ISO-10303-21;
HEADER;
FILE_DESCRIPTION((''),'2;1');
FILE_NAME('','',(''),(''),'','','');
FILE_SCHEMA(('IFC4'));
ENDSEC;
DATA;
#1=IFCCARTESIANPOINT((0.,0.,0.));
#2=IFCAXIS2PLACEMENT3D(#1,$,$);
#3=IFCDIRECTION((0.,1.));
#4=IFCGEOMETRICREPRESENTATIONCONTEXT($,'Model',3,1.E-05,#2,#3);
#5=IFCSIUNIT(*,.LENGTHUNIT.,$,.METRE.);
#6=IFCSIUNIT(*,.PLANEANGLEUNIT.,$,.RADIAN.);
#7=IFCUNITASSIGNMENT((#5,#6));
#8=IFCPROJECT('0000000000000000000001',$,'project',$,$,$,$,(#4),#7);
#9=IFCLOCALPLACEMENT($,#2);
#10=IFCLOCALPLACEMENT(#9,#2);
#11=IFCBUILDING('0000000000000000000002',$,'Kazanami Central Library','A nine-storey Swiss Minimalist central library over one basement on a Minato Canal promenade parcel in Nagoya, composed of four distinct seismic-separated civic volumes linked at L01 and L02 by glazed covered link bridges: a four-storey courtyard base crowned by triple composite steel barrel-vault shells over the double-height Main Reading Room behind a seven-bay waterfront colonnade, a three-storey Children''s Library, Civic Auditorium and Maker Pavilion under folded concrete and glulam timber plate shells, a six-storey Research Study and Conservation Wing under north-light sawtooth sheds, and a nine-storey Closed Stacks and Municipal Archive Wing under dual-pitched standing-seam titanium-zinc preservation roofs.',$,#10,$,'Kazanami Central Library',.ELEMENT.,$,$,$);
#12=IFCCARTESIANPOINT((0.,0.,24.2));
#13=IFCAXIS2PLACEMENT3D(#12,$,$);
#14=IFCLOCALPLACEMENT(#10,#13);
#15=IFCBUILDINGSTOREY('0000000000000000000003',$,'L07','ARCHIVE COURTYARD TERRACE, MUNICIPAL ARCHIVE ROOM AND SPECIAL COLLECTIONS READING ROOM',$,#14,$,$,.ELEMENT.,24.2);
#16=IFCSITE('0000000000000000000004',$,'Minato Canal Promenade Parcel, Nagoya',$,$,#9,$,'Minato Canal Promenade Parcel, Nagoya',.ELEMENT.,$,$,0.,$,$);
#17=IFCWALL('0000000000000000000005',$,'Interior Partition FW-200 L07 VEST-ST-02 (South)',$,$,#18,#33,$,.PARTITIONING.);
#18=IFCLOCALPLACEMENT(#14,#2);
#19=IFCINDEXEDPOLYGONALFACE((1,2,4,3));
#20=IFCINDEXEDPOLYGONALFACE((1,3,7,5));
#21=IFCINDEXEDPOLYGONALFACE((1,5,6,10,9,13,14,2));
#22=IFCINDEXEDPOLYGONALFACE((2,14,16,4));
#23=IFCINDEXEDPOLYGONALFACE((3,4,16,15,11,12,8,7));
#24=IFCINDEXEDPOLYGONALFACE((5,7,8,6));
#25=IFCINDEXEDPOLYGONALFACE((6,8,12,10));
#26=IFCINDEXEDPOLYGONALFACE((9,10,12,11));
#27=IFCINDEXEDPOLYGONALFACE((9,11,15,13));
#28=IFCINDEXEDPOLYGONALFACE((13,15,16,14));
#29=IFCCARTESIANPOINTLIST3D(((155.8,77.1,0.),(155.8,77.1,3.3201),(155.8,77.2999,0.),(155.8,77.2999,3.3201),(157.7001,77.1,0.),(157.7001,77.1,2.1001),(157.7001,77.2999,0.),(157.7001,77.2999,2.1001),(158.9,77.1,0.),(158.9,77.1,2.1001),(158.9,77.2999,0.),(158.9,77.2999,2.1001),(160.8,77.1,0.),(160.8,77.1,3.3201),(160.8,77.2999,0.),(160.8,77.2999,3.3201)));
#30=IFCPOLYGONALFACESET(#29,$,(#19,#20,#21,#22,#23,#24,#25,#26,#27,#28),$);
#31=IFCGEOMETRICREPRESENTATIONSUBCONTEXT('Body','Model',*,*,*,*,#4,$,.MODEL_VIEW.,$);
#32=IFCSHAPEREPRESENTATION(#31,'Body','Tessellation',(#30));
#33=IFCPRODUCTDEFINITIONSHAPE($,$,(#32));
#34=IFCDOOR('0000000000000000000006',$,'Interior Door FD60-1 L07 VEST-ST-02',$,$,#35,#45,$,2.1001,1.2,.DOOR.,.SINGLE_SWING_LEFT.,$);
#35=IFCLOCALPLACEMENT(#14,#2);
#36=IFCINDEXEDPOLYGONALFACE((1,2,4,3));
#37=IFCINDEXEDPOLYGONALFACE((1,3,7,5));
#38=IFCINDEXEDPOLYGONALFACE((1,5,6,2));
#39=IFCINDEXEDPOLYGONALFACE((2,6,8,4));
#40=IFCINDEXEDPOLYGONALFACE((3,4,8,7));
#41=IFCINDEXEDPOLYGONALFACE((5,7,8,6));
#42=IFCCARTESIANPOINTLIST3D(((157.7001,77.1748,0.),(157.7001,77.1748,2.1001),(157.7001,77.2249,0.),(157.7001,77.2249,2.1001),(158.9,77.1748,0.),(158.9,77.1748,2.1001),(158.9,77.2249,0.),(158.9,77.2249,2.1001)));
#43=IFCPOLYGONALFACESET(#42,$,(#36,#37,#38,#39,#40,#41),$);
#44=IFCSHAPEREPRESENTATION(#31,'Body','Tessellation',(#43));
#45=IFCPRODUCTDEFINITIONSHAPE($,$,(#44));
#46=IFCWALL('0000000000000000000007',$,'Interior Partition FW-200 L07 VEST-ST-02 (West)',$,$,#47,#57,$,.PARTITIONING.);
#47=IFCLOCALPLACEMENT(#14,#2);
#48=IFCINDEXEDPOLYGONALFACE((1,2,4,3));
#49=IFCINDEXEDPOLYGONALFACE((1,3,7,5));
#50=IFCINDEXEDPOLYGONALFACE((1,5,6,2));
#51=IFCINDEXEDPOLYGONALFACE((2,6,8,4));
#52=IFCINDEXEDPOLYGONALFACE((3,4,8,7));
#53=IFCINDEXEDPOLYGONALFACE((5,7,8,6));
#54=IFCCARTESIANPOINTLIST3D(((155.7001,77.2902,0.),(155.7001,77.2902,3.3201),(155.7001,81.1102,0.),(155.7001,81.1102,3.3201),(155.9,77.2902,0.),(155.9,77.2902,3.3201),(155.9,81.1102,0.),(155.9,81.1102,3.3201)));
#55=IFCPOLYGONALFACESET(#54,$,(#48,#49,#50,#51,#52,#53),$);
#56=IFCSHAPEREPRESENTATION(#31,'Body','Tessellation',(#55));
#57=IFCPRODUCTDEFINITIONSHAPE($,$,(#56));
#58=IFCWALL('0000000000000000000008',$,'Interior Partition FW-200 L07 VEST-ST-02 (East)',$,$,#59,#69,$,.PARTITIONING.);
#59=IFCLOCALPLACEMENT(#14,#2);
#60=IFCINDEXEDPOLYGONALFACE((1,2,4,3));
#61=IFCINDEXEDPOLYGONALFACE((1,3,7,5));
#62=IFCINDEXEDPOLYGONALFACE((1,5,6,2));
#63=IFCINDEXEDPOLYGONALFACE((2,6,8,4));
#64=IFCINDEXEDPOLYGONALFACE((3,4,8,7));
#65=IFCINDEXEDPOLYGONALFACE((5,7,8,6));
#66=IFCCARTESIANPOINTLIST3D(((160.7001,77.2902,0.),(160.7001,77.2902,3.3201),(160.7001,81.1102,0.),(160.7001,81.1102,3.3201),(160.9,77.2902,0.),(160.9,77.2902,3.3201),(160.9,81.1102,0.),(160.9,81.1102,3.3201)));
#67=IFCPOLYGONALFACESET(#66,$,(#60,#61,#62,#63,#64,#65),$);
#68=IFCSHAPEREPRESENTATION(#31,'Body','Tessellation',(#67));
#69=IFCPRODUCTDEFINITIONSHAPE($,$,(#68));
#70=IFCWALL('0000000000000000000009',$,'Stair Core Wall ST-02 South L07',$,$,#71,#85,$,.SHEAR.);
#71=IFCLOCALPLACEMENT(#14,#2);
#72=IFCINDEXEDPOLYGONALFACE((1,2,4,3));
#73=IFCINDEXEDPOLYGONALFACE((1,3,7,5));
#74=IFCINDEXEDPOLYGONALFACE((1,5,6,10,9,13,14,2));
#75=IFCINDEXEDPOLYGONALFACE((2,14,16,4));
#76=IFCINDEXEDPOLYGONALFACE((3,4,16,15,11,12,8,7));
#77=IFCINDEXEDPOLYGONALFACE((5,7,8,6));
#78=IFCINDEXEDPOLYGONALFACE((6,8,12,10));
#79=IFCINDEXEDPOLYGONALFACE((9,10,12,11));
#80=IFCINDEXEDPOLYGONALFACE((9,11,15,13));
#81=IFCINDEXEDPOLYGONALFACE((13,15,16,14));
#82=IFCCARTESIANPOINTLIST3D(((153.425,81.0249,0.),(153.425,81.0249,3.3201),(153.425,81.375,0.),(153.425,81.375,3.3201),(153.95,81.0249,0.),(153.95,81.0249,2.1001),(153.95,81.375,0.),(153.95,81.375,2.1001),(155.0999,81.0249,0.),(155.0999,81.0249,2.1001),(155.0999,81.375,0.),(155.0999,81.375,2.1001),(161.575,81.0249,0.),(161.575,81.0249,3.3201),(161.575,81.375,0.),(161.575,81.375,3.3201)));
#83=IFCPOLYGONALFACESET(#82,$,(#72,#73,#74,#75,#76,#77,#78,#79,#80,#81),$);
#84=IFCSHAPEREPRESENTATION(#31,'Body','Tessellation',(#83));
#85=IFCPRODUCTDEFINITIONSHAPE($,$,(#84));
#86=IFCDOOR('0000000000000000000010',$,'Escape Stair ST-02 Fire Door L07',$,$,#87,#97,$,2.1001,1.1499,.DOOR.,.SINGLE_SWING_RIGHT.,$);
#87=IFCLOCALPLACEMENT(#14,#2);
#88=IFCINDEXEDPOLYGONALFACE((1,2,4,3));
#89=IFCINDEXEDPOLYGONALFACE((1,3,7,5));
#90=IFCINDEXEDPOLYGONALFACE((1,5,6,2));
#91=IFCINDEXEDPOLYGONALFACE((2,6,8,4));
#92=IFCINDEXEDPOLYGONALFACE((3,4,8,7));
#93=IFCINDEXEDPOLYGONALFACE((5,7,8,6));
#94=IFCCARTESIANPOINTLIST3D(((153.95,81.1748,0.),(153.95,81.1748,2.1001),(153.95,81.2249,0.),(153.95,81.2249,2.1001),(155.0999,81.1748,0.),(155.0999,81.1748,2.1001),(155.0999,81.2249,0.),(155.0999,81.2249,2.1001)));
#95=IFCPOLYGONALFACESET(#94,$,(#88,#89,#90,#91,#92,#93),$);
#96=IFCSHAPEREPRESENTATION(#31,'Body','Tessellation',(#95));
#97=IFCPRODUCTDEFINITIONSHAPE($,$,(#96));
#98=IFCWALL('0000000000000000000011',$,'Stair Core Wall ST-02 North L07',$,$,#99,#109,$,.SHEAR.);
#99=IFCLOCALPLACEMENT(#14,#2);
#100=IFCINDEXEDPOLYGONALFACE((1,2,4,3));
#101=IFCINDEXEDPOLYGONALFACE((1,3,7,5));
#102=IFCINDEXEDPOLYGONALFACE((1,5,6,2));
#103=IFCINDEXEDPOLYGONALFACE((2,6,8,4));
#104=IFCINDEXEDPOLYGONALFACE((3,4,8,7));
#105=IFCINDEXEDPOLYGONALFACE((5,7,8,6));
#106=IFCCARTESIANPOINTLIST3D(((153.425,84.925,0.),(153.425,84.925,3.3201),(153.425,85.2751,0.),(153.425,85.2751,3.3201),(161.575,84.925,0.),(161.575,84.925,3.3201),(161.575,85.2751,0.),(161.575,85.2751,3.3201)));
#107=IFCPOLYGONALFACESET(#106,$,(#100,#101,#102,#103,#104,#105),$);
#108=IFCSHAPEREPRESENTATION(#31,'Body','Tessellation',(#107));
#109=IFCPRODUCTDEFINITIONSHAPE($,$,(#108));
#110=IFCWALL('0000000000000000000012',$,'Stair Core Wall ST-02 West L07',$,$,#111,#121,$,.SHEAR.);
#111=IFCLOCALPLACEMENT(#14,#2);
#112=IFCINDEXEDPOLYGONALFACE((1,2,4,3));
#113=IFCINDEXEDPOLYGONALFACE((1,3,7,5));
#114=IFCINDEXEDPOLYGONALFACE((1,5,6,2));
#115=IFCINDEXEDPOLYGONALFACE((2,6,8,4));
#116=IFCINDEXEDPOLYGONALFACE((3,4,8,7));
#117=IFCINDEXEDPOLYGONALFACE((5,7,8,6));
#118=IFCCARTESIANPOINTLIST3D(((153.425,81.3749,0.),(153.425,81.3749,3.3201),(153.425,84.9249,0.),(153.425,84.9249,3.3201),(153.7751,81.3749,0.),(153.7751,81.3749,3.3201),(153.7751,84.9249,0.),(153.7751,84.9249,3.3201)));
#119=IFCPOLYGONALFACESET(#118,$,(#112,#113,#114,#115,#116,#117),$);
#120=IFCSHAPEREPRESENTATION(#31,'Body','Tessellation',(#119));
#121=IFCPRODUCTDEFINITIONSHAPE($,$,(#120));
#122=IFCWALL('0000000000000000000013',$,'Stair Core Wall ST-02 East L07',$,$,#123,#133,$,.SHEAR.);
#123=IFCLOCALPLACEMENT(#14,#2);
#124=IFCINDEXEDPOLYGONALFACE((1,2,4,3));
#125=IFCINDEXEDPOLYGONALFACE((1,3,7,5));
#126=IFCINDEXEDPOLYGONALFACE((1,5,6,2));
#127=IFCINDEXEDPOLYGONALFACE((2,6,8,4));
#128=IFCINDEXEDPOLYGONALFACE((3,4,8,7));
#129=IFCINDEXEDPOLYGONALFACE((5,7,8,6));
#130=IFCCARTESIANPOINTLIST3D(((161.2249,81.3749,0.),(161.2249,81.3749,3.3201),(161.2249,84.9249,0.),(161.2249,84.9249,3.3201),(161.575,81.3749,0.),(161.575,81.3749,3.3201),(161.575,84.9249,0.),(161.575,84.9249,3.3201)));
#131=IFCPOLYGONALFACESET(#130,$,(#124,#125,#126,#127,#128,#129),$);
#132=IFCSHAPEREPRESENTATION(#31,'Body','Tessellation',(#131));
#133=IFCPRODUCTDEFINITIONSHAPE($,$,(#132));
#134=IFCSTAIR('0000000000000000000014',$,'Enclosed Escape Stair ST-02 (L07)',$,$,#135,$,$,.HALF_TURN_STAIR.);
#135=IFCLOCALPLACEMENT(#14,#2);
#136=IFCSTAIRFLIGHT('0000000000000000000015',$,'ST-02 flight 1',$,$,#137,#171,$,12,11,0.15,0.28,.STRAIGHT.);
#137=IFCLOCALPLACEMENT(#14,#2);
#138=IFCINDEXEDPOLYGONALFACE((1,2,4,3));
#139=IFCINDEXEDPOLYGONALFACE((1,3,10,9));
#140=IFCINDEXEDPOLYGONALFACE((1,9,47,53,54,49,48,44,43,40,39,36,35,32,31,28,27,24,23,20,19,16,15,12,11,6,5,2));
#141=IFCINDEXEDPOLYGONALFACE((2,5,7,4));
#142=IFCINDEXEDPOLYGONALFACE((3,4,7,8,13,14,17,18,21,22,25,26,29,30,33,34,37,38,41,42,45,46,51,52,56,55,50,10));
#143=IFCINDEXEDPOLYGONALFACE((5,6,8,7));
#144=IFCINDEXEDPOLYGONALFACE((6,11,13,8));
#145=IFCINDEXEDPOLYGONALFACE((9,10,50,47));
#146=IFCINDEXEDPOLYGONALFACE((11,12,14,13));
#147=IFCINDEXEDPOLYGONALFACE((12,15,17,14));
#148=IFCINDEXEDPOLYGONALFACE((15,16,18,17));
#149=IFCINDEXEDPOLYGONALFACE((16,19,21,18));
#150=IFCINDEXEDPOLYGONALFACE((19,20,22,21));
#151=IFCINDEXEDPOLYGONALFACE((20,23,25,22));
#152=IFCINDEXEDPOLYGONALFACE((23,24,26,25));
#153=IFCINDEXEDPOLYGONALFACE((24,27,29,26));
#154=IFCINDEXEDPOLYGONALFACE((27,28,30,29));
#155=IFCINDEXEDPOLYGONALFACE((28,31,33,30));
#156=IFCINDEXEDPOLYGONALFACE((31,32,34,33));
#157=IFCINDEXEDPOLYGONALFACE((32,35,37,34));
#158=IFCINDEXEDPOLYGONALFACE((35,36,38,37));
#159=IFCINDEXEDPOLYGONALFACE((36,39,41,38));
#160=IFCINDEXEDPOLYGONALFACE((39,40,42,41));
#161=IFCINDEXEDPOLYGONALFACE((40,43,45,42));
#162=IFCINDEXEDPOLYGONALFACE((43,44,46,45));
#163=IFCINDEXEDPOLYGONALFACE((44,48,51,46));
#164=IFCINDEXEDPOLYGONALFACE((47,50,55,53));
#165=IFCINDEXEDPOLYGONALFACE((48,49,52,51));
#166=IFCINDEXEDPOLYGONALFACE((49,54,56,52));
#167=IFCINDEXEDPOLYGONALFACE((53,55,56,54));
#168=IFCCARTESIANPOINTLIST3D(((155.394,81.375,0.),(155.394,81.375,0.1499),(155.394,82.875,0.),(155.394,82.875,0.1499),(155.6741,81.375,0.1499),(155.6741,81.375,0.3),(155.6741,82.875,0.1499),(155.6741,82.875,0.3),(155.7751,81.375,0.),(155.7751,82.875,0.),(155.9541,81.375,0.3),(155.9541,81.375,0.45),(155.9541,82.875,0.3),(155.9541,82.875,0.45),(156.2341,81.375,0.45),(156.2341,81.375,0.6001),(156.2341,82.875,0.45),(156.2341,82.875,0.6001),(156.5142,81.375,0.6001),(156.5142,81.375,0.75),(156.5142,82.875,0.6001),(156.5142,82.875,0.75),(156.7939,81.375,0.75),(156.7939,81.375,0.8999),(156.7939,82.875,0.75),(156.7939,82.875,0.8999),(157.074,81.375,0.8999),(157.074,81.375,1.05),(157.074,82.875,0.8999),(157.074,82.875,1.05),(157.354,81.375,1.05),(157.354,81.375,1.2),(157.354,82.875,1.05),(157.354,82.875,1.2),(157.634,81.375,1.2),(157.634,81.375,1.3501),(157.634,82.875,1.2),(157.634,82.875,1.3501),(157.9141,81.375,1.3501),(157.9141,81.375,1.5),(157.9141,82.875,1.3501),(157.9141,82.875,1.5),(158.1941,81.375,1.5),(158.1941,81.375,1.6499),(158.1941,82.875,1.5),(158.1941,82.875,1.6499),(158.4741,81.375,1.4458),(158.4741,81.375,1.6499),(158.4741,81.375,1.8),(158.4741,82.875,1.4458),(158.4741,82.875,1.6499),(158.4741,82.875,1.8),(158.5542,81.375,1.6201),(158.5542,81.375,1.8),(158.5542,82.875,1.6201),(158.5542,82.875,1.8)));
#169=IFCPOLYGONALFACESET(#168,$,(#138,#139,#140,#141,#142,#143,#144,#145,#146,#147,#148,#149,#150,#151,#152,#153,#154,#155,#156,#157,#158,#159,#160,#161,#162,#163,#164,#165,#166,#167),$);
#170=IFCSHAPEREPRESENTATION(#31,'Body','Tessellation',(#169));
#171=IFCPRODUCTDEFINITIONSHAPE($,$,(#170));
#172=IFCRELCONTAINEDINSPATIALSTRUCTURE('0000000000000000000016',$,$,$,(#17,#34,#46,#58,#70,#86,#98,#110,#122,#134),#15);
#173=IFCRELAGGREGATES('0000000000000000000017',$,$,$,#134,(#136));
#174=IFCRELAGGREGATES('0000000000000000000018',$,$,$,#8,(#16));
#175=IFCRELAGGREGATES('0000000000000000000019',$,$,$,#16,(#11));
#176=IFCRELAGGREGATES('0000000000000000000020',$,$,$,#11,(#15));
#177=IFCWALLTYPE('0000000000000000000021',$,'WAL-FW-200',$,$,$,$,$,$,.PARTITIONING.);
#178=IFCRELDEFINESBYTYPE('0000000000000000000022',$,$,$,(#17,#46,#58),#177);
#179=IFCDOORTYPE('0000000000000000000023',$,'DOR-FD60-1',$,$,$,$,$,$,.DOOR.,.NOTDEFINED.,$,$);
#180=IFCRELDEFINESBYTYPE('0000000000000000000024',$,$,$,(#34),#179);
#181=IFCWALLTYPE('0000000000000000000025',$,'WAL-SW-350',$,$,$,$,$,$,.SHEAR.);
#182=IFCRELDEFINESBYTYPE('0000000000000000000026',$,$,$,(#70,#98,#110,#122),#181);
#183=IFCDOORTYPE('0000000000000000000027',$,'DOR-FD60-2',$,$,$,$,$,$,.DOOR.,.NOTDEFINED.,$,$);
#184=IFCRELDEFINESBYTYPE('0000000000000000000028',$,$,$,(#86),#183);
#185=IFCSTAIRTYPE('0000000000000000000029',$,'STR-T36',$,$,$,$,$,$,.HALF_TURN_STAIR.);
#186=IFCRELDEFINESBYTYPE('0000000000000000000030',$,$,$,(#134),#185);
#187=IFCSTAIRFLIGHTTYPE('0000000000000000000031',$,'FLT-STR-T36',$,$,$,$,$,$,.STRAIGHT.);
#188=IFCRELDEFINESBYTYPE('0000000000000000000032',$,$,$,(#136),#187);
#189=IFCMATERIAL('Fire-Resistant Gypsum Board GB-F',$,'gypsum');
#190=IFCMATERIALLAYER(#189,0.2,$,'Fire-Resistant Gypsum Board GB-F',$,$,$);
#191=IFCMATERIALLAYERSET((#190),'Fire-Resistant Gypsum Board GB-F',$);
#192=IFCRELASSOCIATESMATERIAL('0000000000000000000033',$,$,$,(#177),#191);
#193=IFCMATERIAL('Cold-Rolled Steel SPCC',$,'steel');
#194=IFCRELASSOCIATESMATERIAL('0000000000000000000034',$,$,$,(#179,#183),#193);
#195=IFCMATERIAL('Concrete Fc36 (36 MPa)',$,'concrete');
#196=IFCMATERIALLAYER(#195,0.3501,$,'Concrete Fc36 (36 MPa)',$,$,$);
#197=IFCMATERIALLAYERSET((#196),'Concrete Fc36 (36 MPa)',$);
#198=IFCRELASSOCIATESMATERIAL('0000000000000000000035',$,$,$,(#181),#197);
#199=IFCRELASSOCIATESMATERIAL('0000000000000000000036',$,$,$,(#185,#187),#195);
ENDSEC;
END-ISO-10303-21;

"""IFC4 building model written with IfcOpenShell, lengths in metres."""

from ifc_helpers import new_model, si_unit, direction, frame, frame_2d, origin, place, context, subcontext, project, spatial, polyline, rectangle, outline, extrude, material, layer, layer_set, type_object, element, fill, aggregate, save


model = new_model("IFC4")

# Units and contexts
model_context = context("Model", 3, precision=1e-05, world=origin(), true_north=direction((0.0, 1.0)))
body_context = subcontext(model_context, "Body", "Model", "MODEL_VIEW")
ifc_project = project(units=[si_unit("LENGTHUNIT", "METRE"), si_unit("PLANEANGLEUNIT", "RADIAN")], contexts=[model_context])

# Site, building, storey
site_placement = place(None, origin())
site = spatial("IfcSite", under=ifc_project, at=site_placement, Name="Minato Canal Promenade Parcel, Nagoya", LongName="Minato Canal Promenade Parcel, Nagoya", CompositionType="ELEMENT", RefElevation=0.0)
building_placement = place(site_placement, origin())
building = spatial("IfcBuilding", under=site, at=building_placement, Name="Kazanami Central Library", Description="A nine-storey Swiss Minimalist central library over one basement on a Minato Canal promenade parcel in Nagoya, composed of four distinct seismic-separated civic volumes linked at L01 and L02 by glazed covered link bridges: a four-storey courtyard base crowned by triple composite steel barrel-vault shells over the double-height Main Reading Room behind a seven-bay waterfront colonnade, a three-storey Children's Library, Civic Auditorium and Maker Pavilion under folded concrete and glulam timber plate shells, a six-storey Research Study and Conservation Wing under north-light sawtooth sheds, and a nine-storey Closed Stacks and Municipal Archive Wing under dual-pitched standing-seam titanium-zinc preservation roofs.", LongName="Kazanami Central Library", CompositionType="ELEMENT")
storey_placement = place(building_placement, frame((0.0, 0.0, 24.2)))
storey = spatial("IfcBuildingStorey", under=building, at=storey_placement, Name="L07", Description="ARCHIVE COURTYARD TERRACE, MUNICIPAL ARCHIVE ROOM AND SPECIAL COLLECTIONS READING ROOM", CompositionType="ELEMENT", Elevation=24.2)

# Shared definitions
ifc_material_1 = material(Name="Concrete Fc36 (36 MPa)", Category="concrete")

# Wall, opening, door
ifc_material_2 = material(Name="Fire-Resistant Gypsum Board GB-F", Category="gypsum")
ifc_layer_1 = layer(ifc_material_2, 0.2, Name="Fire-Resistant Gypsum Board GB-F")
ifc_layer_set_1 = layer_set([ifc_layer_1], Name="Fire-Resistant Gypsum Board GB-F")
wall_type_1 = type_object("IfcWallType", Name="WAL-FW-200", PredefinedType="PARTITIONING", material=ifc_layer_set_1)
wall_1_placement = place(storey_placement, frame((155.8, 77.2, 0.0), z_axis=(0.0, 0.0, 1.0), x_axis=(1.0, 0.0, 0.0)))
wall_1 = element("IfcWall", 1, at=wall_1_placement, inside=storey, type_object=wall_type_1, Name="Interior Partition FW-200 L07 VEST-ST-02 (South)", PredefinedType="PARTITIONING", context=body_context, shape_type="SweptSolid", body=[
    extrude(rectangle(XDim=5.0, YDim=0.2, at=frame_2d((2.5, 0.0))), origin(), (0.0, 0.0, 1.0), 3.3201),
])
opening_1_placement = place(wall_1_placement, frame((1.8999, 0.0, 0.0)))
opening_1 = element("IfcOpeningElement", 2, at=opening_1_placement, cuts=wall_1, PredefinedType="OPENING", context=body_context, shape_type="SweptSolid", body=[
    extrude(rectangle(XDim=1.2, YDim=2.1001, at=frame_2d((0.6001, 1.05))), frame((0.0, 0.1118, 0.0), z_axis=(0.0, -1.0, 0.0), x_axis=(1.0, 0.0, 0.0)), (0.0, 0.0, 1.0), 0.2239),
])
ifc_material_3 = material(Name="Cold-Rolled Steel SPCC", Category="steel")
door_type_1 = type_object("IfcDoorType", Name="DOR-FD60-1", OperationType="NOTDEFINED", PredefinedType="DOOR", material=ifc_material_3)
door_1_placement = place(opening_1_placement, origin())
door_1 = element("IfcDoor", 3, at=door_1_placement, inside=storey, type_object=door_type_1, Name="Interior Door FD60-1 L07 VEST-ST-02", OperationType="SINGLE_SWING_LEFT", OverallHeight=2.1001, OverallWidth=1.2, PredefinedType="DOOR", context=body_context, shape_type="SweptSolid", body=[
    extrude(rectangle(XDim=1.2, YDim=2.1001, at=frame_2d((0.6001, 1.05))), frame((0.0, 0.0249, 0.0), z_axis=(0.0, -1.0, 0.0), x_axis=(1.0, 0.0, 0.0)), (0.0, 0.0, 1.0), 0.05),
])
fill(opening_1, door_1)

# Walls
for number, where, z_axis, x_axis, name in (
    (4, (155.8, 77.29, 0.0), (0.0, 0.0, 1.0), (0.0, 1.0, 0.0), "Interior Partition FW-200 L07 VEST-ST-02 (West)"),
    (5, (160.8, 77.29, 0.0), (0.0, 0.0, 1.0), (0.0, 1.0, 0.0), "Interior Partition FW-200 L07 VEST-ST-02 (East)"),
):
    element("IfcWall", number, at=place(storey_placement, frame(where, z_axis=z_axis, x_axis=x_axis)), inside=storey, type_object=wall_type_1, Name=name, PredefinedType="PARTITIONING", context=body_context, shape_type="SweptSolid", body=[
        extrude(rectangle(XDim=3.8201, YDim=0.2, at=frame_2d((1.9102, 0.0))), origin(), (0.0, 0.0, 1.0), 3.3201),
    ])

# Wall, opening, door
ifc_layer_2 = layer(ifc_material_1, 0.3501, Name="Concrete Fc36 (36 MPa)")
ifc_layer_set_2 = layer_set([ifc_layer_2], Name="Concrete Fc36 (36 MPa)")
wall_type_2 = type_object("IfcWallType", Name="WAL-SW-350", PredefinedType="SHEAR", material=ifc_layer_set_2)
wall_2_placement = place(storey_placement, frame((153.425, 81.2, 0.0), z_axis=(0.0, 0.0, 1.0), x_axis=(1.0, 0.0, 0.0)))
wall_2 = element("IfcWall", 6, at=wall_2_placement, inside=storey, type_object=wall_type_2, Name="Stair Core Wall ST-02 South L07", PredefinedType="SHEAR", context=body_context, shape_type="SweptSolid", body=[
    extrude(rectangle(XDim=8.1499, YDim=0.3501, at=frame_2d((4.075, 0.0))), origin(), (0.0, 0.0, 1.0), 3.3201),
])
opening_2_placement = place(wall_2_placement, frame((0.5249, 0.0, 0.0)))
opening_2 = element("IfcOpeningElement", 7, at=opening_2_placement, cuts=wall_2, PredefinedType="OPENING", context=body_context, shape_type="SweptSolid", body=[
    extrude(rectangle(XDim=1.1499, YDim=2.1001, at=frame_2d((0.575, 1.05))), frame((0.0, 0.187, 0.0), z_axis=(0.0, -1.0, 0.0), x_axis=(1.0, 0.0, 0.0)), (0.0, 0.0, 1.0), 0.374),
])
door_type_2 = type_object("IfcDoorType", Name="DOR-FD60-2", OperationType="NOTDEFINED", PredefinedType="DOOR", material=ifc_material_3)
door_2_placement = place(opening_2_placement, origin())
door_2 = element("IfcDoor", 8, at=door_2_placement, inside=storey, type_object=door_type_2, Name="Escape Stair ST-02 Fire Door L07", OperationType="SINGLE_SWING_RIGHT", OverallHeight=2.1001, OverallWidth=1.1499, PredefinedType="DOOR", context=body_context, shape_type="SweptSolid", body=[
    extrude(rectangle(XDim=1.1499, YDim=2.1001, at=frame_2d((0.575, 1.05))), frame((0.0, 0.0249, 0.0), z_axis=(0.0, -1.0, 0.0), x_axis=(1.0, 0.0, 0.0)), (0.0, 0.0, 1.0), 0.05),
])
fill(opening_2, door_2)

# Walls
wall_3_placement = place(storey_placement, frame((153.425, 85.1001, 0.0), z_axis=(0.0, 0.0, 1.0), x_axis=(1.0, 0.0, 0.0)))
element("IfcWall", 9, at=wall_3_placement, inside=storey, type_object=wall_type_2, Name="Stair Core Wall ST-02 North L07", PredefinedType="SHEAR", context=body_context, shape_type="SweptSolid", body=[
    extrude(rectangle(XDim=8.1499, YDim=0.3501, at=frame_2d((4.075, 0.0))), origin(), (0.0, 0.0, 1.0), 3.3201),
])
for number, where, z_axis, x_axis, name in (
    (10, (153.6001, 81.375, 0.0), (0.0, 0.0, 1.0), (0.0, 1.0, 0.0), "Stair Core Wall ST-02 West L07"),
    (11, (161.3999, 81.375, 0.0), (0.0, 0.0, 1.0), (0.0, 1.0, 0.0), "Stair Core Wall ST-02 East L07"),
):
    element("IfcWall", number, at=place(storey_placement, frame(where, z_axis=z_axis, x_axis=x_axis)), inside=storey, type_object=wall_type_2, Name=name, PredefinedType="SHEAR", context=body_context, shape_type="SweptSolid", body=[
        extrude(rectangle(XDim=3.55, YDim=0.3501, at=frame_2d((1.7749, 0.0))), origin(), (0.0, 0.0, 1.0), 3.3201),
    ])

# Stair, stair flight
stair_type = type_object("IfcStairType", Name="STR-T36", PredefinedType="HALF_TURN_STAIR", material=ifc_material_1)
stair_placement = place(storey_placement, origin())
stair = element("IfcStair", 12, at=stair_placement, inside=storey, type_object=stair_type, Name="Enclosed Escape Stair ST-02 (L07)", PredefinedType="HALF_TURN_STAIR")
stair_flight_type = type_object("IfcStairFlightType", Name="FLT-STR-T36", PredefinedType="STRAIGHT", material=ifc_material_1)
stair_flight_1_placement = place(storey_placement, frame((155.394, 82.125, 0.0), z_axis=(0.0, 0.0, 1.0), x_axis=(1.0, 0.0, 0.0)))
stair_flight_1 = element("IfcStairFlight", 13, at=stair_flight_1_placement, type_object=stair_flight_type, Name="ST-02 flight 1", NumberOfRisers=12, NumberOfTreads=11, PredefinedType="STRAIGHT", RiserHeight=0.15, TreadLength=0.28, context=body_context, shape_type="SweptSolid", body=[
    extrude(outline(polyline([(0.0, 0.0), (0.0, 0.1499), (0.28, 0.1499), (0.28, 0.3), (0.5601, 0.3), (0.5601, 0.45), (0.8401, 0.45), (0.8401, 0.6001), (1.1201, 0.6001), (1.1201, 0.75), (1.3999, 0.75), (1.3999, 0.8999), (1.6799, 0.8999), (1.6799, 1.05), (1.96, 1.05), (1.96, 1.2), (2.24, 1.2), (2.24, 1.3501), (2.52, 1.3501), (2.52, 1.5), (2.8, 1.5), (2.8, 1.6499), (3.0801, 1.6499), (3.0801, 1.8), (3.1602, 1.8), (3.1602, 1.6201), (3.0801, 1.4458), (0.3811, 0.0), (0.0, 0.0)])), frame((0.0, 0.75, 0.0), z_axis=(0.0, -1.0, 0.0), x_axis=(1.0, 0.0, 0.0)), (0.0, 0.0, 1.0), 1.5),
])
aggregate(stair, [stair_flight_1])

save(model, "model.ifc")
